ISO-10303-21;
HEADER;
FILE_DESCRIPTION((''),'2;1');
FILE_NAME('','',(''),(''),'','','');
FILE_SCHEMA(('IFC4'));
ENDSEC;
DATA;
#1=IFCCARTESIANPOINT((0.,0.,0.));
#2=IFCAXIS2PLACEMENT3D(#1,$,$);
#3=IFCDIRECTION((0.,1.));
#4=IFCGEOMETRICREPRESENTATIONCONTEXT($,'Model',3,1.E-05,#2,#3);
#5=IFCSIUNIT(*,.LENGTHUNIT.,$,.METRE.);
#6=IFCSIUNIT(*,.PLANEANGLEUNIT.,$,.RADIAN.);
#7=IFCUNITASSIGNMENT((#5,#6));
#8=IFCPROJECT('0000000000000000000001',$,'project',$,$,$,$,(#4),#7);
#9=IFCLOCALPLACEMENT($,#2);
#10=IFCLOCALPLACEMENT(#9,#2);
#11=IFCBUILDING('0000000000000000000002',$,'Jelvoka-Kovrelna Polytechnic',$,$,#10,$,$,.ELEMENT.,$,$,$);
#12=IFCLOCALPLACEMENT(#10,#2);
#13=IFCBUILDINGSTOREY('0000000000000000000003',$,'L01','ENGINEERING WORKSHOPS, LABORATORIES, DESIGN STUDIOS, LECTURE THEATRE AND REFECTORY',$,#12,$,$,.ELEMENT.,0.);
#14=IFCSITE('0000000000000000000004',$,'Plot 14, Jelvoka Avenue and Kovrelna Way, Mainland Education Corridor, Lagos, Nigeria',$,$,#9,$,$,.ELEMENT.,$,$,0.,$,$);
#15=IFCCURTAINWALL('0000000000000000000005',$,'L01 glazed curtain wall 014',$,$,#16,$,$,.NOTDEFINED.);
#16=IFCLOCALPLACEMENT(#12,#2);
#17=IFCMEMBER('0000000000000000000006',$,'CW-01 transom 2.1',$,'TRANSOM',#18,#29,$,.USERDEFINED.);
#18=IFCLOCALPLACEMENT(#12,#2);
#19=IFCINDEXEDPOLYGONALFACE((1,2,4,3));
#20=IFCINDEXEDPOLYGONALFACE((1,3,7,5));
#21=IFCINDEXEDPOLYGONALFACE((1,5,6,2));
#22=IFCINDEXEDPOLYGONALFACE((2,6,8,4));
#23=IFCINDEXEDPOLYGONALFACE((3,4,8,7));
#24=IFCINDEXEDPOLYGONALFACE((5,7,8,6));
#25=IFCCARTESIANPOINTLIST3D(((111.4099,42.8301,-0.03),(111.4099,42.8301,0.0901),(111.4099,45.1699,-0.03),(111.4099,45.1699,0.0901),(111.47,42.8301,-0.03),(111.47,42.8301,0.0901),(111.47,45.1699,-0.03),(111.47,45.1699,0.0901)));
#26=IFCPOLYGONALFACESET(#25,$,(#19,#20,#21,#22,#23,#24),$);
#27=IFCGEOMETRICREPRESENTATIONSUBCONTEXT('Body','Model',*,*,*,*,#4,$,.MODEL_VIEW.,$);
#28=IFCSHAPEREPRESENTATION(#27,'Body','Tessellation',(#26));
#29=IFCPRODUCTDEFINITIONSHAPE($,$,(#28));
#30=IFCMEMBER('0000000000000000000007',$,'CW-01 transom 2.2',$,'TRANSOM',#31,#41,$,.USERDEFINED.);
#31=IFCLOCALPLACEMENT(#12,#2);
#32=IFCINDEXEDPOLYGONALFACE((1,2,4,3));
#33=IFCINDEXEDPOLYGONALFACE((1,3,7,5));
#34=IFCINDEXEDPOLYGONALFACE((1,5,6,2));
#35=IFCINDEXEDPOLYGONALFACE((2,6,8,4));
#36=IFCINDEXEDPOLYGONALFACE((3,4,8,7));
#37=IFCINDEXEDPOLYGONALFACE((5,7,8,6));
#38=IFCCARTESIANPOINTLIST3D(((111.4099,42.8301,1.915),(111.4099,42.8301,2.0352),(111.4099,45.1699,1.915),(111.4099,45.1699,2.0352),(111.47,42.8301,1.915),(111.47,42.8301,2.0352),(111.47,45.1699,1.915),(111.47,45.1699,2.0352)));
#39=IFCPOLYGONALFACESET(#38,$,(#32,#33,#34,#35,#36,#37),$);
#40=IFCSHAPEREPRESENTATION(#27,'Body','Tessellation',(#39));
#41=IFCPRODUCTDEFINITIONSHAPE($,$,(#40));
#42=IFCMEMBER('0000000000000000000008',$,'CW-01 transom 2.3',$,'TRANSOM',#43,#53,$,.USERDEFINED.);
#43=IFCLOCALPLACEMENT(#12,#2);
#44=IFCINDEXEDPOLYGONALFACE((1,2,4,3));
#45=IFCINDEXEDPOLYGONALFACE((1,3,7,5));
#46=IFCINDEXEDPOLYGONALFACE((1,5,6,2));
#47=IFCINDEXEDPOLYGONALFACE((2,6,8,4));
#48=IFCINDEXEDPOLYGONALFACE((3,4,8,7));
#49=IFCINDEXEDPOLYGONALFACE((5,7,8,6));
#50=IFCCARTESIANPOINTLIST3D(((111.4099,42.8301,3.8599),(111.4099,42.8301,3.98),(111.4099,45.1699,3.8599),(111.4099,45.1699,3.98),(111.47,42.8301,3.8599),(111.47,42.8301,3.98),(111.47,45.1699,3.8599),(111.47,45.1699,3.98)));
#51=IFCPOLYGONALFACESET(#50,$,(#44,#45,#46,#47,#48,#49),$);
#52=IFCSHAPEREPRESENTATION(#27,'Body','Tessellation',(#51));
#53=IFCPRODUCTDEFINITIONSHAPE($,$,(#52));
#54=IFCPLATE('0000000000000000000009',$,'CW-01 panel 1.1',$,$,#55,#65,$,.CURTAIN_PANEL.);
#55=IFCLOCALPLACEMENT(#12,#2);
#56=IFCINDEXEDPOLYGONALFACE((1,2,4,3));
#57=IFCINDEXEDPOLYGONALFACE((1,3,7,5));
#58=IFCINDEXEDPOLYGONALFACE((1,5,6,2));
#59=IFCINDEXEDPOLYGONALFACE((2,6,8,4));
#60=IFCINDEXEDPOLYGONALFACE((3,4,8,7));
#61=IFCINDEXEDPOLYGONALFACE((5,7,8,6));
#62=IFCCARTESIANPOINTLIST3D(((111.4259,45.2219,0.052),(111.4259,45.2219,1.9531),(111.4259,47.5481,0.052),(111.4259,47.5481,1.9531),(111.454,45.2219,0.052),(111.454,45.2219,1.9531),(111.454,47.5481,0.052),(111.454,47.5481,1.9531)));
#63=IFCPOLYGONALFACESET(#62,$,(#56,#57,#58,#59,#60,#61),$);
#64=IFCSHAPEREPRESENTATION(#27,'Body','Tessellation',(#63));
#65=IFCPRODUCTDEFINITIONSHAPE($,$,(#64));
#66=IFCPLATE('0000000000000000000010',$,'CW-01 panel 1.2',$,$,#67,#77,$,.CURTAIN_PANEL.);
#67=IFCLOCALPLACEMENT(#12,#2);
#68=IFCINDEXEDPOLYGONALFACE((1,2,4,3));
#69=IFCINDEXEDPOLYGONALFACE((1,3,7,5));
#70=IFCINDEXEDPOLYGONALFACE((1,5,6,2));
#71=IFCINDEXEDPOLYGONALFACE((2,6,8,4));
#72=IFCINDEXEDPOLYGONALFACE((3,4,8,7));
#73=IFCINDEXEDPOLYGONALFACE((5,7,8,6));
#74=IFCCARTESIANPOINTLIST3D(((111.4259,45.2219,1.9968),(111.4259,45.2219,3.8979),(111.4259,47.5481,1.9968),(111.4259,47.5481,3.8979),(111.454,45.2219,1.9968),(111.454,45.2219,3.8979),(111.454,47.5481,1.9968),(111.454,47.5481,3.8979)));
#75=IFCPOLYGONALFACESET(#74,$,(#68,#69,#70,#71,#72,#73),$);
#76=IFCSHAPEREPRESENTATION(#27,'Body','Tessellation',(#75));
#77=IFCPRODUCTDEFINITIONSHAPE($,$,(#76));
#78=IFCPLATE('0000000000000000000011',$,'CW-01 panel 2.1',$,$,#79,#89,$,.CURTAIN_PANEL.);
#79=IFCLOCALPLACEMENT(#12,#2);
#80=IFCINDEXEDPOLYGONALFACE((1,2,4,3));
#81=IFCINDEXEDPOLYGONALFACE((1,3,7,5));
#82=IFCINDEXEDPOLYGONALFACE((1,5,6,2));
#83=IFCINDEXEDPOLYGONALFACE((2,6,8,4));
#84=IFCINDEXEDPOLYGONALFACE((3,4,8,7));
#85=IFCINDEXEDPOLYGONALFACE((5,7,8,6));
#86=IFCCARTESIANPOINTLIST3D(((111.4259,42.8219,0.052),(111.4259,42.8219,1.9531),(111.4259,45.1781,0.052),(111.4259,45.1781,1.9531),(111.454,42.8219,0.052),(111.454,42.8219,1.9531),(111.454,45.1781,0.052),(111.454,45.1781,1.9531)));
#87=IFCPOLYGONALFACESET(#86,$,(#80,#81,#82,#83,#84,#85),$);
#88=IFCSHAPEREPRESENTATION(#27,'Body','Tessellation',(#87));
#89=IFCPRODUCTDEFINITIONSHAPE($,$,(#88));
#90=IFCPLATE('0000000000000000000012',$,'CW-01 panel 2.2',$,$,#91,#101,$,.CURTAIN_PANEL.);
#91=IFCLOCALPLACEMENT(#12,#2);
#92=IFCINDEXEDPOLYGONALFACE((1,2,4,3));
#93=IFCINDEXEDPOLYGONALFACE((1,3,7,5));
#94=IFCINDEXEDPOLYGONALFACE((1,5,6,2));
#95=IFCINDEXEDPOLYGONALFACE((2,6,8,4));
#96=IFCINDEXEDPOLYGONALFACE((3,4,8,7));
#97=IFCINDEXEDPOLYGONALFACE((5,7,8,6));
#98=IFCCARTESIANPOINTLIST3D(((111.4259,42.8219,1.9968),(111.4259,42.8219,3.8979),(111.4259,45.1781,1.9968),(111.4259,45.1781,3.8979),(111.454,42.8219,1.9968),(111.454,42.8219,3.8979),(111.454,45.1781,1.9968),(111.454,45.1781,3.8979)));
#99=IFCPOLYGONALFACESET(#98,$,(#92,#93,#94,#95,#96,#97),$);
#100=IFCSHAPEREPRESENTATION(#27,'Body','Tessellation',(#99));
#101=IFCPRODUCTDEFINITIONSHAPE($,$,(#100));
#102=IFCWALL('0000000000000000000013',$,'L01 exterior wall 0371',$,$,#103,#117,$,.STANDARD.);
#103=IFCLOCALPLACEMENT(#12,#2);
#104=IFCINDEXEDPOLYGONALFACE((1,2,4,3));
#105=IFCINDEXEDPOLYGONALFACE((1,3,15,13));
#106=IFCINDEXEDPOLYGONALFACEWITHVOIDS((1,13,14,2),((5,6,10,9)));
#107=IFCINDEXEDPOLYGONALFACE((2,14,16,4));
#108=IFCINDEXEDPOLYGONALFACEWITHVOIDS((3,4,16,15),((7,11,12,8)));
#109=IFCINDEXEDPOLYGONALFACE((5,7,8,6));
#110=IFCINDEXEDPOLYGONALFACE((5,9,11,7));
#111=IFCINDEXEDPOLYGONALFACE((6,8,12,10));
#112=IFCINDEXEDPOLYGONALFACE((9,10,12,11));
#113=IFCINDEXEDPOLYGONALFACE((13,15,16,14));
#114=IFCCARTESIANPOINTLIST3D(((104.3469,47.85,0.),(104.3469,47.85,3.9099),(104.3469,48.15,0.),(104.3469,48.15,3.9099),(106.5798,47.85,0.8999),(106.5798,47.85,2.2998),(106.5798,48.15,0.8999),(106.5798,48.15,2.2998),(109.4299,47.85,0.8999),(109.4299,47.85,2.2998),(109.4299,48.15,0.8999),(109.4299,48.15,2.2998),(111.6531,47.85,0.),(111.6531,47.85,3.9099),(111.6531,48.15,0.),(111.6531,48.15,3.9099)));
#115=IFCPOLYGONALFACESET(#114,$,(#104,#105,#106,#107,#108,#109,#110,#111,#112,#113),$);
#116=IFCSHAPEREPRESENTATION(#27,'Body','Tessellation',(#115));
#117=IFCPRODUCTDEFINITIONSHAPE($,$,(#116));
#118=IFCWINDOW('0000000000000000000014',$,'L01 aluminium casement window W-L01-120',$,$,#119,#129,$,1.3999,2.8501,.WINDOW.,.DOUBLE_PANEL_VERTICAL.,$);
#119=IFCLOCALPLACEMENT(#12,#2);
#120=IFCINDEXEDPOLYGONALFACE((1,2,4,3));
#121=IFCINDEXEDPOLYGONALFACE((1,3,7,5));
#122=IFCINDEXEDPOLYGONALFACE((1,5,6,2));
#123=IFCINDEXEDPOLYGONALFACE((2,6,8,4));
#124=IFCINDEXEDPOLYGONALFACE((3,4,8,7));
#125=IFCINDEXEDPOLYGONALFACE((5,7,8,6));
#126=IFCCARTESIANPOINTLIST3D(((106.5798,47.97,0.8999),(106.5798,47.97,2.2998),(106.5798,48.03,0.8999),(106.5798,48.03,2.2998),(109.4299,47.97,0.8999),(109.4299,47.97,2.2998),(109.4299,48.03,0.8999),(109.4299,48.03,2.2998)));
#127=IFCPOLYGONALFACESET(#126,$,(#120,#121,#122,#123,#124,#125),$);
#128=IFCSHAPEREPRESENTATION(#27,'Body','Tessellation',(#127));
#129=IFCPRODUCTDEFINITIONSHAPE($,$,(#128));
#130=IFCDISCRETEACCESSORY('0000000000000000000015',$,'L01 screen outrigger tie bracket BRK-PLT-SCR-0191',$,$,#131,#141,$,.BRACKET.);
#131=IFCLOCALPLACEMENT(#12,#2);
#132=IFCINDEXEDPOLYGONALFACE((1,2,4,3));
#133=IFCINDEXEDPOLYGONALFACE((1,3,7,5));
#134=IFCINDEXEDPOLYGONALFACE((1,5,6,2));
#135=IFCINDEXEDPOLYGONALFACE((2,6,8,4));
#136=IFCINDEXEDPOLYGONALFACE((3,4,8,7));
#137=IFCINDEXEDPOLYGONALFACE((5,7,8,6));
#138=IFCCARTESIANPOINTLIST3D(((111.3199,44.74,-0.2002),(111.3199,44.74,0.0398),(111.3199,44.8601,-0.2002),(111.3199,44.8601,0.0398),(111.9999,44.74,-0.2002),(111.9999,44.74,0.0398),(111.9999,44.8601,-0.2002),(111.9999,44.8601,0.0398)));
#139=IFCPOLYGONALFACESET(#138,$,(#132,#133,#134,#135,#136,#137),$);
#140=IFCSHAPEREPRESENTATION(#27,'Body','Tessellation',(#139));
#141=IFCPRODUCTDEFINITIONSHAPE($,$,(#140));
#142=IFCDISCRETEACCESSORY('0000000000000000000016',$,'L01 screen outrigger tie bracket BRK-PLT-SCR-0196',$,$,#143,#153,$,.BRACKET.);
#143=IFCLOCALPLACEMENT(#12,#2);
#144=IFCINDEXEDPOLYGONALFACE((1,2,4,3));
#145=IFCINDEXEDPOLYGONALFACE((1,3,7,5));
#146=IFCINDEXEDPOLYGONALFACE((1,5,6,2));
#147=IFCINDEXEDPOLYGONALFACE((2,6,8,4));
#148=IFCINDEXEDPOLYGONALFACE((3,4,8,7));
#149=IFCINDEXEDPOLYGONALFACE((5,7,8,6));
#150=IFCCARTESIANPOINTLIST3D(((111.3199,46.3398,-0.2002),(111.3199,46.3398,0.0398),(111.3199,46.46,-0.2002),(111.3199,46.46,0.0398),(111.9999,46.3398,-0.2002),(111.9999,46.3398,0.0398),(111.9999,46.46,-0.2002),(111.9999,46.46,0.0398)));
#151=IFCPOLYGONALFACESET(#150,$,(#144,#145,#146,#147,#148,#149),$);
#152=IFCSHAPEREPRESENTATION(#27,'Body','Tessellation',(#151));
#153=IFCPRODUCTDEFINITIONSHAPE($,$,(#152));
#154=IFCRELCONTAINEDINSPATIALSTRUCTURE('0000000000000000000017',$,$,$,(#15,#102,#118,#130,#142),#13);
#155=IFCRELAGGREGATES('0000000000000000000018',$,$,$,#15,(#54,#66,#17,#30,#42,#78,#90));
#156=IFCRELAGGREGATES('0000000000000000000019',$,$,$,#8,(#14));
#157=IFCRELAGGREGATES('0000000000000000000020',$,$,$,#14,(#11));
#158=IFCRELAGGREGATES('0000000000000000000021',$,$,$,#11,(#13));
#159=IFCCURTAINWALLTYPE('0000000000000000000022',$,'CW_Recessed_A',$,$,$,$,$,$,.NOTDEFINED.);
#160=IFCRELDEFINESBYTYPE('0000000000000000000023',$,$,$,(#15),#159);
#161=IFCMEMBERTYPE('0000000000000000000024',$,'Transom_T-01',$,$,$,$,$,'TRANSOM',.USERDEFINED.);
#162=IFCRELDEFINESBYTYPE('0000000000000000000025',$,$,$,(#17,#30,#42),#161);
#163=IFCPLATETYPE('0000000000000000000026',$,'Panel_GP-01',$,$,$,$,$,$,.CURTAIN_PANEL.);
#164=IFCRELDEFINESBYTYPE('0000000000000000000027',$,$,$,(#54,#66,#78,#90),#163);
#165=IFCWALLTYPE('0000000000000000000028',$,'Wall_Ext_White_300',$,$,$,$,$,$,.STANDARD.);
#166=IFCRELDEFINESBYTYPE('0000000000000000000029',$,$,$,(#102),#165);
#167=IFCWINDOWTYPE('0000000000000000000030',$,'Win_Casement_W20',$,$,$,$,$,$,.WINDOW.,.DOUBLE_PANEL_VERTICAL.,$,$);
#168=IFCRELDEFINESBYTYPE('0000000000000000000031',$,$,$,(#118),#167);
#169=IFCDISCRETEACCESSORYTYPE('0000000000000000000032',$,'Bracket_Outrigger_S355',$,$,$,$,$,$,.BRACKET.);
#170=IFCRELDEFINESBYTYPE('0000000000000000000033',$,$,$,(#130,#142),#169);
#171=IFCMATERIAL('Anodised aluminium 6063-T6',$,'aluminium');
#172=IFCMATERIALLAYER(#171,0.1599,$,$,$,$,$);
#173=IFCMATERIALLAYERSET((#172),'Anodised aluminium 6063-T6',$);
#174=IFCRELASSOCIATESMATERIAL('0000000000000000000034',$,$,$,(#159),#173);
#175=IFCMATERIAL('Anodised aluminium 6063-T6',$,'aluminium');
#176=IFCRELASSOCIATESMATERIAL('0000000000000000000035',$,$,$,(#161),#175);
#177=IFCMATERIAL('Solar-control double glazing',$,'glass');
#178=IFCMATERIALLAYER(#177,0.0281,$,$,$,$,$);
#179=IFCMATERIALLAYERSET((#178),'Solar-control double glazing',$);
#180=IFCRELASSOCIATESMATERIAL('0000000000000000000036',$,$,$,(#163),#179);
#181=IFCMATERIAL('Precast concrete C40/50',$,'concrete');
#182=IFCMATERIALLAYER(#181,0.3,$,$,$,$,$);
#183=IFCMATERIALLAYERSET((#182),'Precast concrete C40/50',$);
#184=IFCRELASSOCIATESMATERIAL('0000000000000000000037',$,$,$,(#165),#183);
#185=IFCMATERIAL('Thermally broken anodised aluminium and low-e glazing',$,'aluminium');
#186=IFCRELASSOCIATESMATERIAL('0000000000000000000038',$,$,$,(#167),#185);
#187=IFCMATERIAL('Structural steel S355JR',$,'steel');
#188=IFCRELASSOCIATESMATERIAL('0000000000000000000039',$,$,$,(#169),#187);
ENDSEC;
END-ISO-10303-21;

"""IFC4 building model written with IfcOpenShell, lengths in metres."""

from ifc_helpers import new_model, si_unit, direction, frame, frame_2d, origin, origin_2d, place, context, subcontext, project, spatial, rectangle, extrude, material, layer, layer_set, material_profile, profile_set, type_object, element, fill, aggregate, save


model = new_model("IFC4")

# Units and contexts
model_context = context("Model", 3, precision=1e-05, world=origin(), true_north=direction((0.0, 1.0)))
body_context = subcontext(model_context, "Body", "Model", "MODEL_VIEW")
ifc_project = project(units=[si_unit("LENGTHUNIT", "METRE"), si_unit("PLANEANGLEUNIT", "RADIAN")], contexts=[model_context])

# Site, building, storey
site_placement = place(None, origin())
site = spatial("IfcSite", under=ifc_project, at=site_placement, Name="Plot 14, Jelvoka Avenue and Kovrelna Way, Mainland Education Corridor, Lagos, Nigeria", CompositionType="ELEMENT", RefElevation=0.0)
building_placement = place(site_placement, origin())
building = spatial("IfcBuilding", under=site, at=building_placement, Name="Jelvoka-Kovrelna Polytechnic", CompositionType="ELEMENT")
storey_placement = place(building_placement, origin())
storey = spatial("IfcBuildingStorey", under=building, at=storey_placement, Name="L01", Description="ENGINEERING WORKSHOPS, LABORATORIES, DESIGN STUDIOS, LECTURE THEATRE AND REFECTORY", CompositionType="ELEMENT", Elevation=0.0)

# Curtain wall
ifc_material_1 = material(Name="Anodised aluminium 6063-T6", Category="aluminium")
ifc_layer_1 = layer(ifc_material_1, 0.1599)
ifc_layer_set_1 = layer_set([ifc_layer_1], Name="Anodised aluminium 6063-T6")
curtain_wall_type = type_object("IfcCurtainWallType", Name="CW_Recessed_A", PredefinedType="NOTDEFINED", material=ifc_layer_set_1)
curtain_wall_placement = place(storey_placement, origin())
curtain_wall = element("IfcCurtainWall", 1, at=curtain_wall_placement, inside=storey, type_object=curtain_wall_type, Name="L01 glazed curtain wall 014", PredefinedType="NOTDEFINED")

# Members
ifc_material_2 = material(Name="Anodised aluminium 6063-T6", Category="aluminium")
ifc_material_profile_1 = material_profile(ifc_material_2, rectangle(XDim=0.0601, YDim=0.1201, at=origin_2d()), Name="ALU 60x120")
ifc_profile_set_1 = profile_set([ifc_material_profile_1], Name="Anodised aluminium 6063-T6")
member_type_1 = type_object("IfcMemberType", Name="Transom_T-01", ElementType="TRANSOM", PredefinedType="USERDEFINED", material=ifc_profile_set_1)
member_1_placement = place(storey_placement, frame((111.4399, 45.1699, 0.03), z_axis=(0.0, -1.0, 0.0), x_axis=(1.0, 0.0, 0.0)))
member_1 = element("IfcMember", 2, at=member_1_placement, type_object=member_type_1, Name="CW-01 transom 2.1", ObjectType="TRANSOM", PredefinedType="USERDEFINED", context=body_context, shape_type="SweptSolid", body=[
    extrude(rectangle(XDim=0.0601, YDim=0.1201, at=origin_2d()), origin(), (0.0, 0.0, 1.0), 2.3398),
])
member_2_placement = place(storey_placement, frame((111.4399, 45.1699, 1.9751), z_axis=(0.0, -1.0, 0.0), x_axis=(1.0, 0.0, 0.0)))
member_2 = element("IfcMember", 3, at=member_2_placement, type_object=member_type_1, Name="CW-01 transom 2.2", ObjectType="TRANSOM", PredefinedType="USERDEFINED", context=body_context, shape_type="SweptSolid", body=[
    extrude(rectangle(XDim=0.0601, YDim=0.1201, at=origin_2d()), origin(), (0.0, 0.0, 1.0), 2.3398),
])
member_3_placement = place(storey_placement, frame((111.4399, 45.1699, 3.9199), z_axis=(0.0, -1.0, 0.0), x_axis=(1.0, 0.0, 0.0)))
member_3 = element("IfcMember", 4, at=member_3_placement, type_object=member_type_1, Name="CW-01 transom 2.3", ObjectType="TRANSOM", PredefinedType="USERDEFINED", context=body_context, shape_type="SweptSolid", body=[
    extrude(rectangle(XDim=0.0601, YDim=0.1201, at=origin_2d()), origin(), (0.0, 0.0, 1.0), 2.3398),
])

# Plates
ifc_material_3 = material(Name="Solar-control double glazing", Category="glass")
ifc_layer_2 = layer(ifc_material_3, 0.0281)
ifc_layer_set_2 = layer_set([ifc_layer_2], Name="Solar-control double glazing")
plate_type = type_object("IfcPlateType", Name="Panel_GP-01", PredefinedType="CURTAIN_PANEL", material=ifc_layer_set_2)
plate_1_placement = place(storey_placement, frame((111.4399, 46.385, 0.052), z_axis=(0.0, 0.0, 1.0), x_axis=(0.0, -1.0, 0.0)))
plate_1 = element("IfcPlate", 5, at=plate_1_placement, type_object=plate_type, Name="CW-01 panel 1.1", PredefinedType="CURTAIN_PANEL", context=body_context, shape_type="SweptSolid", body=[
    extrude(rectangle(XDim=2.3262, YDim=0.0281, at=origin_2d()), origin(), (0.0, 0.0, 1.0), 1.9011),
])
plate_2_placement = place(storey_placement, frame((111.4399, 46.385, 1.9968), z_axis=(0.0, 0.0, 1.0), x_axis=(0.0, -1.0, 0.0)))
plate_2 = element("IfcPlate", 6, at=plate_2_placement, type_object=plate_type, Name="CW-01 panel 1.2", PredefinedType="CURTAIN_PANEL", context=body_context, shape_type="SweptSolid", body=[
    extrude(rectangle(XDim=2.3262, YDim=0.0281, at=origin_2d()), origin(), (0.0, 0.0, 1.0), 1.9011),
])
plate_3_placement = place(storey_placement, frame((111.4399, 44.0, 0.052), z_axis=(0.0, 0.0, 1.0), x_axis=(0.0, -1.0, 0.0)))
plate_3 = element("IfcPlate", 7, at=plate_3_placement, type_object=plate_type, Name="CW-01 panel 2.1", PredefinedType="CURTAIN_PANEL", context=body_context, shape_type="SweptSolid", body=[
    extrude(rectangle(XDim=2.3562, YDim=0.0281, at=origin_2d()), origin(), (0.0, 0.0, 1.0), 1.9011),
])
plate_4_placement = place(storey_placement, frame((111.4399, 44.0, 1.9968), z_axis=(0.0, 0.0, 1.0), x_axis=(0.0, -1.0, 0.0)))
plate_4 = element("IfcPlate", 8, at=plate_4_placement, type_object=plate_type, Name="CW-01 panel 2.2", PredefinedType="CURTAIN_PANEL", context=body_context, shape_type="SweptSolid", body=[
    extrude(rectangle(XDim=2.3562, YDim=0.0281, at=origin_2d()), origin(), (0.0, 0.0, 1.0), 1.9011),
])
aggregate(curtain_wall, [plate_1, plate_2, member_1, member_2, member_3, plate_3, plate_4])

# Wall, opening, window
ifc_material_4 = material(Name="Precast concrete C40/50", Category="concrete")
ifc_layer_3 = layer(ifc_material_4, 0.3)
ifc_layer_set_3 = layer_set([ifc_layer_3], Name="Precast concrete C40/50")
wall_type = type_object("IfcWallType", Name="Wall_Ext_White_300", PredefinedType="STANDARD", material=ifc_layer_set_3)
wall_placement = place(storey_placement, frame((104.3469, 48.0, 0.0), z_axis=(0.0, 0.0, 1.0), x_axis=(1.0, 0.0, 0.0)))
wall = element("IfcWall", 9, at=wall_placement, inside=storey, type_object=wall_type, Name="L01 exterior wall 0371", PredefinedType="STANDARD", context=body_context, shape_type="SweptSolid", body=[
    extrude(rectangle(XDim=7.3062, YDim=0.3, at=frame_2d((3.6531, 0.0))), origin(), (0.0, 0.0, 1.0), 3.9099),
])
opening_placement = place(wall_placement, frame((2.2329, 0.0, 0.8999)))
opening = element("IfcOpeningElement", 10, at=opening_placement, cuts=wall, PredefinedType="OPENING", context=body_context, shape_type="SweptSolid", body=[
    extrude(rectangle(XDim=2.8501, YDim=1.3999, at=frame_2d((1.425, 0.7))), frame((0.0, 0.1599, 0.0), z_axis=(0.0, -1.0, 0.0), x_axis=(1.0, 0.0, 0.0)), (0.0, 0.0, 1.0), 0.3201),
])
ifc_material_5 = material(Name="Thermally broken anodised aluminium and low-e glazing", Category="aluminium")
window_type = type_object("IfcWindowType", Name="Win_Casement_W20", PartitioningType="DOUBLE_PANEL_VERTICAL", PredefinedType="WINDOW", material=ifc_material_5)
window_placement = place(opening_placement, origin())
window = element("IfcWindow", 11, at=window_placement, inside=storey, type_object=window_type, Name="L01 aluminium casement window W-L01-120", OverallHeight=1.3999, OverallWidth=2.8501, PartitioningType="DOUBLE_PANEL_VERTICAL", PredefinedType="WINDOW", context=body_context, shape_type="SweptSolid", body=[
    extrude(rectangle(XDim=2.8501, YDim=1.3999, at=frame_2d((1.425, 0.7))), frame((0.0, 0.03, 0.0), z_axis=(0.0, -1.0, 0.0), x_axis=(1.0, 0.0, 0.0)), (0.0, 0.0, 1.0), 0.0601),
])
fill(opening, window)

# Discrete accessories
ifc_material_6 = material(Name="Structural steel S355JR", Category="steel")
discrete_accessory_type = type_object("IfcDiscreteAccessoryType", Name="Bracket_Outrigger_S355", PredefinedType="BRACKET", material=ifc_material_6)
for number, where, z_axis, x_axis, name in (
    (12, (111.6599, 44.8, -0.2002), (0.0, 0.0, 1.0), (1.0, 0.0, 0.0), "L01 screen outrigger tie bracket BRK-PLT-SCR-0191"),
    (13, (111.6599, 46.3999, -0.2002), (0.0, 0.0, 1.0), (1.0, 0.0, 0.0), "L01 screen outrigger tie bracket BRK-PLT-SCR-0196"),
):
    element("IfcDiscreteAccessory", number, at=place(storey_placement, frame(where, z_axis=z_axis, x_axis=x_axis)), inside=storey, type_object=discrete_accessory_type, Name=name, PredefinedType="BRACKET", context=body_context, shape_type="SweptSolid", body=[
        extrude(rectangle(XDim=0.6799, YDim=0.1201, at=origin_2d()), origin(), (0.0, 0.0, 1.0), 0.24),
    ])

save(model, "model.ifc")
